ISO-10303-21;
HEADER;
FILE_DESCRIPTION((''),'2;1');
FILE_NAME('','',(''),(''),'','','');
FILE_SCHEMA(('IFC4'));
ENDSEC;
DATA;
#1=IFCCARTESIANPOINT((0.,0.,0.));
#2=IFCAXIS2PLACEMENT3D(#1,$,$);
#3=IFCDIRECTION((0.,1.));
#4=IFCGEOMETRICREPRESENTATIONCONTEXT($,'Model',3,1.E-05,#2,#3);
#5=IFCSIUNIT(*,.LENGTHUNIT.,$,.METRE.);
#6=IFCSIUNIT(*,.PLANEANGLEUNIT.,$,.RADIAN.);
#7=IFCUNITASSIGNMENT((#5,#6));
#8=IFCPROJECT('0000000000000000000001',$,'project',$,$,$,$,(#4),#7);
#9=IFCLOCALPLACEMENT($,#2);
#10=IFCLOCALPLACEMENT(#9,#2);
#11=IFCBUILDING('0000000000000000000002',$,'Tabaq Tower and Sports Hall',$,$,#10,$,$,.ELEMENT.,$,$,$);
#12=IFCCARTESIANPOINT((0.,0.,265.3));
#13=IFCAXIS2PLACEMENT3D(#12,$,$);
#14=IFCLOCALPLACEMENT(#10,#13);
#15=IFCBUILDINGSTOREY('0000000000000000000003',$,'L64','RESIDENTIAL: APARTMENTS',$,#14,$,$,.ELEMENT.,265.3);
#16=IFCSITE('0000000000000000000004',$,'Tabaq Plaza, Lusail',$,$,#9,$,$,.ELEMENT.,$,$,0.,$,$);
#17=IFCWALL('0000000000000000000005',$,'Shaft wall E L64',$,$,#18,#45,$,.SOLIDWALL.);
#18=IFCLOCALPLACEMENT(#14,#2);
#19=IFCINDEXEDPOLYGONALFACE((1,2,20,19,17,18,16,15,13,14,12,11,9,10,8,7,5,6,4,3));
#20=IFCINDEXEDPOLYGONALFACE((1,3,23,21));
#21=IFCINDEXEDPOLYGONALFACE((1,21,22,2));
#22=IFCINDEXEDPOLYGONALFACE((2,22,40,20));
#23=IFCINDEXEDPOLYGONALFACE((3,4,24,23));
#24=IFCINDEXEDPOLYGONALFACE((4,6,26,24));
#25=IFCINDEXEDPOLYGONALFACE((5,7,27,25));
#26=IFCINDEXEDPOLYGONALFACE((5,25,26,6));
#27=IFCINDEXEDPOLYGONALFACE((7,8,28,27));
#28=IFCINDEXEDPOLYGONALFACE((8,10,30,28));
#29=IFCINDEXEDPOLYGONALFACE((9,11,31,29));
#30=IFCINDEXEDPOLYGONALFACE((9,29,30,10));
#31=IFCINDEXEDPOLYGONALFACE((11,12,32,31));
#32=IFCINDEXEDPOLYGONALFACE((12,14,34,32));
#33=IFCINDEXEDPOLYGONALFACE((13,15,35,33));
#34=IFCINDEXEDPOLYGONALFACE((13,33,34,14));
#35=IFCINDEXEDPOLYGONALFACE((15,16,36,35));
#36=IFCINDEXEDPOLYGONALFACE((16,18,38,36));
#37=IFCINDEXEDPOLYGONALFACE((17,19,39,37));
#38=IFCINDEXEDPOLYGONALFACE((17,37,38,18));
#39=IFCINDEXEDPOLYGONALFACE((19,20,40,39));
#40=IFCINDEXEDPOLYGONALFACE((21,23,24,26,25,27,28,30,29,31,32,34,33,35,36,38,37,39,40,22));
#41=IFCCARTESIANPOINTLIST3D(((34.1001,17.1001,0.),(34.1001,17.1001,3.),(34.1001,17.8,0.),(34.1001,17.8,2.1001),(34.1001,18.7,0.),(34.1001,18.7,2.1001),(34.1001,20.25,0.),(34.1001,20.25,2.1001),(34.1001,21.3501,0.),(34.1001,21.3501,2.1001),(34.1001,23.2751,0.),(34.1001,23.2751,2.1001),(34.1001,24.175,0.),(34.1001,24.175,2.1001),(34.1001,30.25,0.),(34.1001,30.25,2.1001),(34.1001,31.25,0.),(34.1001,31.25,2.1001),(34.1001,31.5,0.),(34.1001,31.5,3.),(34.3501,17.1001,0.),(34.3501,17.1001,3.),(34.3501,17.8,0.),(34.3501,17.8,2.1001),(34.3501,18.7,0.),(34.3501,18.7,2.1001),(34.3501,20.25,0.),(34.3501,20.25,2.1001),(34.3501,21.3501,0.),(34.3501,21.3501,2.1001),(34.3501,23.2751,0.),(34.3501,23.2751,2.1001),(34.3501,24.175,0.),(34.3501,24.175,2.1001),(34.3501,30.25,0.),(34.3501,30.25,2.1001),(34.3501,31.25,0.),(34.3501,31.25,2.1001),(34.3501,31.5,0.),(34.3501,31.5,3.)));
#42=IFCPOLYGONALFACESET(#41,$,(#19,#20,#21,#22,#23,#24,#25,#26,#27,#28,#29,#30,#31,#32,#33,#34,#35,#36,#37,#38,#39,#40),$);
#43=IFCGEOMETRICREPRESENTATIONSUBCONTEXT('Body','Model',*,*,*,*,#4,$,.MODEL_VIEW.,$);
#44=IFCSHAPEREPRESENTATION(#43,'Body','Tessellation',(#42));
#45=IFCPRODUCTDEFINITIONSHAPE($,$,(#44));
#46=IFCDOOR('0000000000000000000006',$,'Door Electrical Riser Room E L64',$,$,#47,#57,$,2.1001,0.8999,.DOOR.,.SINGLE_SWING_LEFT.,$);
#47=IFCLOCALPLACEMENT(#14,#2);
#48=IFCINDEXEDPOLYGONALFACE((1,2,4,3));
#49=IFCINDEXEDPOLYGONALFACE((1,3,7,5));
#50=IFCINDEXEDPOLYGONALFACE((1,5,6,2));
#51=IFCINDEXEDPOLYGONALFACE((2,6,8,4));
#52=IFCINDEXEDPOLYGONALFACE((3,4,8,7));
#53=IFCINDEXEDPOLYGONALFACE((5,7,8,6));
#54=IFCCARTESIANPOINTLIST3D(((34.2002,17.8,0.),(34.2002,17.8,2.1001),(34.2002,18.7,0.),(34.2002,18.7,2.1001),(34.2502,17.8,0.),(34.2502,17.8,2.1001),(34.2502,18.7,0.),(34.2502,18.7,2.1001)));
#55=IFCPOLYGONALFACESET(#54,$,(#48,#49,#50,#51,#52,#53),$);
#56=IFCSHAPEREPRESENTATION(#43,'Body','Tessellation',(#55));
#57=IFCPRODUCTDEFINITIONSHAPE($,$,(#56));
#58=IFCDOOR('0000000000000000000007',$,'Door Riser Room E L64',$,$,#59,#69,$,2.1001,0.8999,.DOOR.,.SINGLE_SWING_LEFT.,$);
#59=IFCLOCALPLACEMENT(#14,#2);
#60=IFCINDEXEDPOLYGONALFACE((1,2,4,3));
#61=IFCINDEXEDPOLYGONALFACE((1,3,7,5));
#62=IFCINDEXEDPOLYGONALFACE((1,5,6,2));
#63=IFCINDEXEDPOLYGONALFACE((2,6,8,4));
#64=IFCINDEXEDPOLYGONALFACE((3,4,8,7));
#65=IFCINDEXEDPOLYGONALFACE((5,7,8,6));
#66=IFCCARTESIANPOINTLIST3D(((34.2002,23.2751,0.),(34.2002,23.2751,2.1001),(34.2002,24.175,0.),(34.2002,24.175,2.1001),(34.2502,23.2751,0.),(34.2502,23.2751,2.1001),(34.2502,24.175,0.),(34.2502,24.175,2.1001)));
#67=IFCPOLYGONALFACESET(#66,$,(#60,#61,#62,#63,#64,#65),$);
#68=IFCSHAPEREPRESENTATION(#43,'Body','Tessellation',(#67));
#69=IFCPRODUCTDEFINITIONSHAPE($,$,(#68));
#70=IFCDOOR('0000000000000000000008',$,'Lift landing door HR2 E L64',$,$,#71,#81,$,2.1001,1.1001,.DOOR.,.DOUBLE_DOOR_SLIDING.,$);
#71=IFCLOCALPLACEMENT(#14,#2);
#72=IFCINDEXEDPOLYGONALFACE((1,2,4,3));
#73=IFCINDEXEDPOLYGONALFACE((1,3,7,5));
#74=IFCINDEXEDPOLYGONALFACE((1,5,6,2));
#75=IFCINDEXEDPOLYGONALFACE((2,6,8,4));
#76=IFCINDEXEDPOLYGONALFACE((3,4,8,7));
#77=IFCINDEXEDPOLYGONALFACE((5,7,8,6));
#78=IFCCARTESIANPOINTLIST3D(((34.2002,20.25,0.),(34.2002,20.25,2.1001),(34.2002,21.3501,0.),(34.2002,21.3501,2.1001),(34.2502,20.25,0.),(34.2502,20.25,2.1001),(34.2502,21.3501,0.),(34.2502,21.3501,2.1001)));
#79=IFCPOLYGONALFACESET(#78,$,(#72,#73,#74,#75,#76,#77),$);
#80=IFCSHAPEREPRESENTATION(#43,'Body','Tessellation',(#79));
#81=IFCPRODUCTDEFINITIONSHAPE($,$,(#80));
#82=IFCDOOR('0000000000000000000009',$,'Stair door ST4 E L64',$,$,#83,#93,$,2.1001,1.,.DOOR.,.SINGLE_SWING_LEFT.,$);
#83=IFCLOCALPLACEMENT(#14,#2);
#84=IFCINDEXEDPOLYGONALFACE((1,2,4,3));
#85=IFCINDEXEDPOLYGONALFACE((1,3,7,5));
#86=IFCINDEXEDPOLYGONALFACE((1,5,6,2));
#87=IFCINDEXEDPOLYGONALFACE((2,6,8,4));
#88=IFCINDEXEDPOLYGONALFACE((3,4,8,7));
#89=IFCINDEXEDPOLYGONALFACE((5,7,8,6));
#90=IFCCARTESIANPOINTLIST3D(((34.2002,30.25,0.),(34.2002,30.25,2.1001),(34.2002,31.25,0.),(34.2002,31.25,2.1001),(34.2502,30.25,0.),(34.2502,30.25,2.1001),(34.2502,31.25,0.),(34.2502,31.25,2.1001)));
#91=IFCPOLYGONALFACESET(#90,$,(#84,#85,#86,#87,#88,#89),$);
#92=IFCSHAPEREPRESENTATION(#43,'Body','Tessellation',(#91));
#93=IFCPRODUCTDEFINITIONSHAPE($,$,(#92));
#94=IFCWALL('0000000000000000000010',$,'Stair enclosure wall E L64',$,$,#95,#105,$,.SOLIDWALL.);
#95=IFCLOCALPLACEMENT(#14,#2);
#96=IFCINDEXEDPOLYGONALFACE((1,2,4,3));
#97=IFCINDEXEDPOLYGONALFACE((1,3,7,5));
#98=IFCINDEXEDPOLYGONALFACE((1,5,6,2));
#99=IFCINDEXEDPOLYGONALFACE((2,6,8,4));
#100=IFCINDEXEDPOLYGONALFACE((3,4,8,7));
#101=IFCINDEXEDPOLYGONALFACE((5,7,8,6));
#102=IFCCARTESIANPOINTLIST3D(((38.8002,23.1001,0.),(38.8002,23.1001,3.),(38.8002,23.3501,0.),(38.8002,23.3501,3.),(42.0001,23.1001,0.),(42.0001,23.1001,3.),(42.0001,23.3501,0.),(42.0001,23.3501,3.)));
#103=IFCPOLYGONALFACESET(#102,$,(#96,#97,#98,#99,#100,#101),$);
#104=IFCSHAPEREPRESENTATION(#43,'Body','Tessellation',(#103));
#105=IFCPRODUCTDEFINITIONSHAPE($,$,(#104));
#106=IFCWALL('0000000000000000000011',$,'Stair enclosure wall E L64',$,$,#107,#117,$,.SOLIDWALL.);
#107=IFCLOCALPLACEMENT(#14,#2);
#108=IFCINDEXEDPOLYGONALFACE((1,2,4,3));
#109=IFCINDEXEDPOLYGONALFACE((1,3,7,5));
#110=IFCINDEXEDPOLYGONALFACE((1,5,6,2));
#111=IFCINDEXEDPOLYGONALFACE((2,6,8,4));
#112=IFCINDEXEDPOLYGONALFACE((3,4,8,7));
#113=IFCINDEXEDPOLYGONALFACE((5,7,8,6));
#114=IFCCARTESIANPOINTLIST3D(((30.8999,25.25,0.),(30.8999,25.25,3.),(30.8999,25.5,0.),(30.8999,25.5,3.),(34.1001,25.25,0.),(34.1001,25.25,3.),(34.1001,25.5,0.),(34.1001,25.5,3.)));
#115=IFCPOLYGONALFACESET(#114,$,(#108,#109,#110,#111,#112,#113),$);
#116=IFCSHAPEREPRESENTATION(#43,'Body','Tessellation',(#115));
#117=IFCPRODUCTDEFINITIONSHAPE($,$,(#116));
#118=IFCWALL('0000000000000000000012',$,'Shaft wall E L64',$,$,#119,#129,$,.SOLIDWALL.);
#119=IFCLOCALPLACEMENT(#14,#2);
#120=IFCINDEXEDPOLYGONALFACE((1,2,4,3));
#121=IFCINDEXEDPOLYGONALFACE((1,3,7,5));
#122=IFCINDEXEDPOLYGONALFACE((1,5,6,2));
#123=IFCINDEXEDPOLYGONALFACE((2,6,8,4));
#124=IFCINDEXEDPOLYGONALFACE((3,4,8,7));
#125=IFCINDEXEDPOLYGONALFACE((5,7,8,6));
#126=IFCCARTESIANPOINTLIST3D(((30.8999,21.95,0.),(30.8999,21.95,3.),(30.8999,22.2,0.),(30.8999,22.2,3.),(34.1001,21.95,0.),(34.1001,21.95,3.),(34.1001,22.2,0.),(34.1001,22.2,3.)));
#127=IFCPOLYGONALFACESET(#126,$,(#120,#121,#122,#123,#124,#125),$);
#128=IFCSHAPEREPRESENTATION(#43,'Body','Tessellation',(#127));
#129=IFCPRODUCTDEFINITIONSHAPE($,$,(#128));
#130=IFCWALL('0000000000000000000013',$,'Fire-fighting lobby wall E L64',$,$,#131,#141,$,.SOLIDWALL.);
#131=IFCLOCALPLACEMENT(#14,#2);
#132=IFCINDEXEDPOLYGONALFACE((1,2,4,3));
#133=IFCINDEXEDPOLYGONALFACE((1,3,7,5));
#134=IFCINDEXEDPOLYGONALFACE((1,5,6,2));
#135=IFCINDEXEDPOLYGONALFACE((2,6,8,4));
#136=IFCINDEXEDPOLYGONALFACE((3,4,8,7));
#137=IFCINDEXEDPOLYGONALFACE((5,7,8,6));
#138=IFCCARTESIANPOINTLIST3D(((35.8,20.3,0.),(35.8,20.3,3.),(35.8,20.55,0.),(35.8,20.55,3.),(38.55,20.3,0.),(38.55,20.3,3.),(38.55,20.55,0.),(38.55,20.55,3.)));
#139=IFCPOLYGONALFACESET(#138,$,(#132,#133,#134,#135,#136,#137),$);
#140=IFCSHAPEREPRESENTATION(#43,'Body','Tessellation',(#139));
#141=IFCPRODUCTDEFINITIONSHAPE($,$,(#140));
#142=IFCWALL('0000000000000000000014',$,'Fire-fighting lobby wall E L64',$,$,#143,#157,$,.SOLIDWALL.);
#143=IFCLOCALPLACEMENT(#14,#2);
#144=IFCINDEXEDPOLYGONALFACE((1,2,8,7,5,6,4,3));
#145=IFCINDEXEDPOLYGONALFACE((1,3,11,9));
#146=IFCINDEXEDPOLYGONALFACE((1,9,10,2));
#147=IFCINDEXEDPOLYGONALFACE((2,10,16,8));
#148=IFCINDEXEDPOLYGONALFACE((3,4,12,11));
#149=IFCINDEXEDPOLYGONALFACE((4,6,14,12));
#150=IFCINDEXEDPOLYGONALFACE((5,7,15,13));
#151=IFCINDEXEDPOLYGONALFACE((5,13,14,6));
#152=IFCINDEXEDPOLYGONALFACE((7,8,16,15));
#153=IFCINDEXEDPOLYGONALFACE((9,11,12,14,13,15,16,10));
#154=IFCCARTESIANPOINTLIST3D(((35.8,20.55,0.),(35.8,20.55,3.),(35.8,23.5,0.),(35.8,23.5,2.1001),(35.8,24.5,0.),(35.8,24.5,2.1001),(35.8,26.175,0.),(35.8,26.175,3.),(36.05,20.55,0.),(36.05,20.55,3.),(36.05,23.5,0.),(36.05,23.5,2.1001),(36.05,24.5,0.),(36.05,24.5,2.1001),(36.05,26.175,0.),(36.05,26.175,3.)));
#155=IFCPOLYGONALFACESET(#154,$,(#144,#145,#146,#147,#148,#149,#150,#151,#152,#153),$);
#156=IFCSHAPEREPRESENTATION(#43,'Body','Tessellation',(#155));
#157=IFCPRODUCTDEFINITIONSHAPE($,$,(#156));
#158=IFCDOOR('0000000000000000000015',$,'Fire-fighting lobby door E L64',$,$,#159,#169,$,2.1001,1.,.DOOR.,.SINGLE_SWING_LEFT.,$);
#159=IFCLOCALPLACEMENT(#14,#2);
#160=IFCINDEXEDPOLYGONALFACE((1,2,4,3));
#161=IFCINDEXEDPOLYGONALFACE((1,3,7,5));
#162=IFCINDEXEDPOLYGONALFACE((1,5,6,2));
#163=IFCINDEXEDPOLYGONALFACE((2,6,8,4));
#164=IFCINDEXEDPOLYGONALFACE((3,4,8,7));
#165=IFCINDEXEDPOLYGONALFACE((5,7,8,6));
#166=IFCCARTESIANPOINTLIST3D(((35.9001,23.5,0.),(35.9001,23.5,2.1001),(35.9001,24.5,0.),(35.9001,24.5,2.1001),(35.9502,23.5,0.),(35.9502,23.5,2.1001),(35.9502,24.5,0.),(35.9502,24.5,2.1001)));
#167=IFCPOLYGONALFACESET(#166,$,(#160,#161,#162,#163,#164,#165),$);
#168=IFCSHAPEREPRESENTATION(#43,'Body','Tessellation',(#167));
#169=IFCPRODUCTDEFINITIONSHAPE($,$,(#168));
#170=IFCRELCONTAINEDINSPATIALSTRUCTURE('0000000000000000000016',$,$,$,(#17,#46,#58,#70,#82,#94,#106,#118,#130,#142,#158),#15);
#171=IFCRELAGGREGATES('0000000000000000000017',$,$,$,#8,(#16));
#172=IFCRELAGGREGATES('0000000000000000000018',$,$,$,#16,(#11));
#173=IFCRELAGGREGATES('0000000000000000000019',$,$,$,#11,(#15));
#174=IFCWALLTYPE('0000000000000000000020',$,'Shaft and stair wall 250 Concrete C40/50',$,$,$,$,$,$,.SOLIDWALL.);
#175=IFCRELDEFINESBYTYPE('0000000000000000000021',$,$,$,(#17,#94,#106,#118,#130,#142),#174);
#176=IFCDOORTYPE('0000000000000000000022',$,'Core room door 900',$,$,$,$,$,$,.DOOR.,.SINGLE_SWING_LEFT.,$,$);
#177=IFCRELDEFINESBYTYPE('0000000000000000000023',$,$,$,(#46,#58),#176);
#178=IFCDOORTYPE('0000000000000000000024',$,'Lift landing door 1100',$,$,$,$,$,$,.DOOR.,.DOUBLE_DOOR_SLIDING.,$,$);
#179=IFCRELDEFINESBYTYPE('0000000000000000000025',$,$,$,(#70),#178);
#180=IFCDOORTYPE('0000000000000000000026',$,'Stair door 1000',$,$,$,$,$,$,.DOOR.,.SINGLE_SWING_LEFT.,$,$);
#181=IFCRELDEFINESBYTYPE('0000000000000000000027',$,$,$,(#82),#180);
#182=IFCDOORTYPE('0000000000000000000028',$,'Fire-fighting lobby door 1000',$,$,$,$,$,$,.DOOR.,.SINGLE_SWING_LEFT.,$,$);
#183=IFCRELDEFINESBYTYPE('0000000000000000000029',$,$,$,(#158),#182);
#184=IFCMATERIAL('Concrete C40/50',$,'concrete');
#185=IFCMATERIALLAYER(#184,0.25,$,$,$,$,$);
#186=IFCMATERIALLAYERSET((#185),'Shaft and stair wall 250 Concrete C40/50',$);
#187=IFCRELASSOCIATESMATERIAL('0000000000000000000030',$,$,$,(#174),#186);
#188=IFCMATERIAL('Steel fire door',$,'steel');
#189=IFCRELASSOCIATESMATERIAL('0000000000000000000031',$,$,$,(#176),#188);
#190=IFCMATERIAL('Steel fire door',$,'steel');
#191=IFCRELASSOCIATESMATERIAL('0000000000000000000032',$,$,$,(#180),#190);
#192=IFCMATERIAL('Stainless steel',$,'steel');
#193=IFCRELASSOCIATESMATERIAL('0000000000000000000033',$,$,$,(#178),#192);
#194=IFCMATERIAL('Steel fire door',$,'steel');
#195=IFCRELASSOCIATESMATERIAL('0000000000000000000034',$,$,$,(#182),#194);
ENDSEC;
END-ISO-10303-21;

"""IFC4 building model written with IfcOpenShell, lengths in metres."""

from ifc_helpers import new_model, si_unit, direction, frame, frame_2d, origin, place, context, subcontext, project, spatial, rectangle, extrude, material, layer, layer_set, type_object, element, fill, save


model = new_model("IFC4")

# Units and contexts
model_context = context("Model", 3, precision=1e-05, world=origin(), true_north=direction((0.0, 1.0)))
body_context = subcontext(model_context, "Body", "Model", "MODEL_VIEW")
ifc_project = project(units=[si_unit("LENGTHUNIT", "METRE"), si_unit("PLANEANGLEUNIT", "RADIAN")], contexts=[model_context])

# Site, building, storey
site_placement = place(None, origin())
site = spatial("IfcSite", under=ifc_project, at=site_placement, Name="Tabaq Plaza, Lusail", CompositionType="ELEMENT", RefElevation=0.0)
building_placement = place(site_placement, origin())
building = spatial("IfcBuilding", under=site, at=building_placement, Name="Tabaq Tower and Sports Hall", CompositionType="ELEMENT")
storey_placement = place(building_placement, frame((0.0, 0.0, 265.3)))
storey = spatial("IfcBuildingStorey", under=building, at=storey_placement, Name="L64", Description="RESIDENTIAL: APARTMENTS", CompositionType="ELEMENT", Elevation=265.3)

# Wall, openings, doors
ifc_material_1 = material(Name="Concrete C40/50", Category="concrete")
ifc_layer = layer(ifc_material_1, 0.25)
ifc_layer_set = layer_set([ifc_layer], Name="Shaft and stair wall 250 Concrete C40/50")
wall_type = type_object("IfcWallType", Name="Shaft and stair wall 250 Concrete C40/50", PredefinedType="SOLIDWALL", material=ifc_layer_set)
ifc_material_2 = material(Name="Steel fire door", Category="steel")
door_type_1 = type_object("IfcDoorType", Name="Core room door 900", OperationType="SINGLE_SWING_LEFT", PredefinedType="DOOR", material=ifc_material_2)
ifc_material_3 = material(Name="Steel fire door", Category="steel")
door_type_2 = type_object("IfcDoorType", Name="Stair door 1000", OperationType="SINGLE_SWING_LEFT", PredefinedType="DOOR", material=ifc_material_3)
wall_1_placement = place(storey_placement, frame((34.2251, 17.1001, 0.0), z_axis=(0.0, 0.0, 1.0), x_axis=(0.0, 1.0, 0.0)))
wall_1 = element("IfcWall", 1, at=wall_1_placement, inside=storey, type_object=wall_type, Name="Shaft wall E L64", PredefinedType="SOLIDWALL", context=body_context, shape_type="SweptSolid", body=[
    extrude(rectangle(XDim=14.3999, YDim=0.25, at=frame_2d((7.2, 0.0))), origin(), (0.0, 0.0, 1.0), 3.0),
])
opening_1_placement = place(wall_1_placement, frame((13.1499, 0.0, 0.0)))
opening_1 = element("IfcOpeningElement", 2, at=opening_1_placement, cuts=wall_1, PredefinedType="OPENING", context=body_context, shape_type="SweptSolid", body=[
    extrude(rectangle(XDim=1.0, YDim=2.1001, at=frame_2d((0.5, 1.05))), frame((0.0, 0.125, 0.0), z_axis=(0.0, -1.0, 0.0), x_axis=(1.0, 0.0, 0.0)), (0.0, 0.0, 1.0), 0.25),
])
opening_2_placement = place(wall_1_placement, frame((3.1499, 0.0, 0.0)))
opening_2 = element("IfcOpeningElement", 3, at=opening_2_placement, cuts=wall_1, PredefinedType="OPENING", context=body_context, shape_type="SweptSolid", body=[
    extrude(rectangle(XDim=1.1001, YDim=2.1001, at=frame_2d((0.55, 1.05))), frame((0.0, 0.125, 0.0), z_axis=(0.0, -1.0, 0.0), x_axis=(1.0, 0.0, 0.0)), (0.0, 0.0, 1.0), 0.25),
])
opening_3_placement = place(wall_1_placement, frame((0.7, 0.0, 0.0)))
opening_3 = element("IfcOpeningElement", 4, at=opening_3_placement, cuts=wall_1, PredefinedType="OPENING", context=body_context, shape_type="SweptSolid", body=[
    extrude(rectangle(XDim=0.8999, YDim=2.1001, at=frame_2d((0.45, 1.05))), frame((0.0, 0.125, 0.0), z_axis=(0.0, -1.0, 0.0), x_axis=(1.0, 0.0, 0.0)), (0.0, 0.0, 1.0), 0.25),
])
opening_4_placement = place(wall_1_placement, frame((6.175, 0.0, 0.0)))
opening_4 = element("IfcOpeningElement", 5, at=opening_4_placement, cuts=wall_1, PredefinedType="OPENING", context=body_context, shape_type="SweptSolid", body=[
    extrude(rectangle(XDim=0.8999, YDim=2.1001, at=frame_2d((0.45, 1.05))), frame((0.0, 0.125, 0.0), z_axis=(0.0, -1.0, 0.0), x_axis=(1.0, 0.0, 0.0)), (0.0, 0.0, 1.0), 0.25),
])
door_1_placement = place(opening_3_placement, origin())
door_1 = element("IfcDoor", 6, at=door_1_placement, inside=storey, type_object=door_type_1, Name="Door Electrical Riser Room E L64", OperationType="SINGLE_SWING_LEFT", OverallHeight=2.1001, OverallWidth=0.8999, PredefinedType="DOOR", context=body_context, shape_type="SweptSolid", body=[
    extrude(rectangle(XDim=0.8999, YDim=2.1001, at=frame_2d((0.45, 1.05))), frame((0.0, 0.0249, 0.0), z_axis=(0.0, -1.0, 0.0), x_axis=(1.0, 0.0, 0.0)), (0.0, 0.0, 1.0), 0.05),
])
fill(opening_3, door_1)
door_2_placement = place(opening_4_placement, origin())
door_2 = element("IfcDoor", 7, at=door_2_placement, inside=storey, type_object=door_type_1, Name="Door Riser Room E L64", OperationType="SINGLE_SWING_LEFT", OverallHeight=2.1001, OverallWidth=0.8999, PredefinedType="DOOR", context=body_context, shape_type="SweptSolid", body=[
    extrude(rectangle(XDim=0.8999, YDim=2.1001, at=frame_2d((0.45, 1.05))), frame((0.0, 0.0249, 0.0), z_axis=(0.0, -1.0, 0.0), x_axis=(1.0, 0.0, 0.0)), (0.0, 0.0, 1.0), 0.05),
])
fill(opening_4, door_2)
ifc_material_4 = material(Name="Stainless steel", Category="steel")
door_type_3 = type_object("IfcDoorType", Name="Lift landing door 1100", OperationType="DOUBLE_DOOR_SLIDING", PredefinedType="DOOR", material=ifc_material_4)
door_3_placement = place(opening_2_placement, origin())
door_3 = element("IfcDoor", 8, at=door_3_placement, inside=storey, type_object=door_type_3, Name="Lift landing door HR2 E L64", OperationType="DOUBLE_DOOR_SLIDING", OverallHeight=2.1001, OverallWidth=1.1001, PredefinedType="DOOR", context=body_context, shape_type="SweptSolid", body=[
    extrude(rectangle(XDim=1.1001, YDim=2.1001, at=frame_2d((0.55, 1.05))), frame((0.0, 0.0249, 0.0), z_axis=(0.0, -1.0, 0.0), x_axis=(1.0, 0.0, 0.0)), (0.0, 0.0, 1.0), 0.05),
])
fill(opening_2, door_3)
door_4_placement = place(opening_1_placement, origin())
door_4 = element("IfcDoor", 9, at=door_4_placement, inside=storey, type_object=door_type_2, Name="Stair door ST4 E L64", OperationType="SINGLE_SWING_LEFT", OverallHeight=2.1001, OverallWidth=1.0, PredefinedType="DOOR", context=body_context, shape_type="SweptSolid", body=[
    extrude(rectangle(XDim=1.0, YDim=2.1001, at=frame_2d((0.5, 1.05))), frame((0.0, 0.0249, 0.0), z_axis=(0.0, -1.0, 0.0), x_axis=(1.0, 0.0, 0.0)), (0.0, 0.0, 1.0), 0.05),
])
fill(opening_1, door_4)

# Walls
wall_2_placement = place(storey_placement, frame((38.8, 23.2251, 0.0), z_axis=(0.0, 0.0, 1.0), x_axis=(1.0, 0.0, 0.0)))
element("IfcWall", 10, at=wall_2_placement, inside=storey, type_object=wall_type, Name="Stair enclosure wall E L64", PredefinedType="SOLIDWALL", context=body_context, shape_type="SweptSolid", body=[
    extrude(rectangle(XDim=3.2, YDim=0.25, at=frame_2d((1.6001, 0.0))), origin(), (0.0, 0.0, 1.0), 3.0),
])
for number, where, z_axis, x_axis, name in (
    (11, (30.8999, 25.375, 0.0), (0.0, 0.0, 1.0), (1.0, 0.0, 0.0), "Stair enclosure wall E L64"),
    (12, (30.8999, 22.075, 0.0), (0.0, 0.0, 1.0), (1.0, 0.0, 0.0), "Shaft wall E L64"),
):
    element("IfcWall", number, at=place(storey_placement, frame(where, z_axis=z_axis, x_axis=x_axis)), inside=storey, type_object=wall_type, Name=name, PredefinedType="SOLIDWALL", context=body_context, shape_type="SweptSolid", body=[
        extrude(rectangle(XDim=3.2002, YDim=0.25, at=frame_2d((1.6001, 0.0))), origin(), (0.0, 0.0, 1.0), 3.0),
    ])
wall_3_placement = place(storey_placement, frame((35.8, 20.425, 0.0), z_axis=(0.0, 0.0, 1.0), x_axis=(1.0, 0.0, 0.0)))
element("IfcWall", 13, at=wall_3_placement, inside=storey, type_object=wall_type, Name="Fire-fighting lobby wall E L64", PredefinedType="SOLIDWALL", context=body_context, shape_type="SweptSolid", body=[
    extrude(rectangle(XDim=2.75, YDim=0.25, at=frame_2d((1.375, 0.0))), origin(), (0.0, 0.0, 1.0), 3.0),
])

# Wall, opening, door
wall_4_placement = place(storey_placement, frame((35.925, 20.55, 0.0), z_axis=(0.0, 0.0, 1.0), x_axis=(0.0, 1.0, 0.0)))
wall_4 = element("IfcWall", 14, at=wall_4_placement, inside=storey, type_object=wall_type, Name="Fire-fighting lobby wall E L64", PredefinedType="SOLIDWALL", context=body_context, shape_type="SweptSolid", body=[
    extrude(rectangle(XDim=5.625, YDim=0.25, at=frame_2d((2.8125, 0.0))), origin(), (0.0, 0.0, 1.0), 3.0),
])
opening_5_placement = place(wall_4_placement, frame((2.95, 0.0, 0.0)))
opening_5 = element("IfcOpeningElement", 15, at=opening_5_placement, cuts=wall_4, PredefinedType="OPENING", context=body_context, shape_type="SweptSolid", body=[
    extrude(rectangle(XDim=1.0, YDim=2.1001, at=frame_2d((0.5, 1.05))), frame((0.0, 0.125, 0.0), z_axis=(0.0, -1.0, 0.0), x_axis=(1.0, 0.0, 0.0)), (0.0, 0.0, 1.0), 0.25),
])
ifc_material_5 = material(Name="Steel fire door", Category="steel")
door_type_4 = type_object("IfcDoorType", Name="Fire-fighting lobby door 1000", OperationType="SINGLE_SWING_LEFT", PredefinedType="DOOR", material=ifc_material_5)
door_5_placement = place(opening_5_placement, origin())
door_5 = element("IfcDoor", 16, at=door_5_placement, inside=storey, type_object=door_type_4, Name="Fire-fighting lobby door E L64", OperationType="SINGLE_SWING_LEFT", OverallHeight=2.1001, OverallWidth=1.0, PredefinedType="DOOR", context=body_context, shape_type="SweptSolid", body=[
    extrude(rectangle(XDim=1.0, YDim=2.1001, at=frame_2d((0.5, 1.05))), frame((0.0, 0.0249, 0.0), z_axis=(0.0, -1.0, 0.0), x_axis=(1.0, 0.0, 0.0)), (0.0, 0.0, 1.0), 0.05),
])
fill(opening_5, door_5)

save(model, "model.ifc")
